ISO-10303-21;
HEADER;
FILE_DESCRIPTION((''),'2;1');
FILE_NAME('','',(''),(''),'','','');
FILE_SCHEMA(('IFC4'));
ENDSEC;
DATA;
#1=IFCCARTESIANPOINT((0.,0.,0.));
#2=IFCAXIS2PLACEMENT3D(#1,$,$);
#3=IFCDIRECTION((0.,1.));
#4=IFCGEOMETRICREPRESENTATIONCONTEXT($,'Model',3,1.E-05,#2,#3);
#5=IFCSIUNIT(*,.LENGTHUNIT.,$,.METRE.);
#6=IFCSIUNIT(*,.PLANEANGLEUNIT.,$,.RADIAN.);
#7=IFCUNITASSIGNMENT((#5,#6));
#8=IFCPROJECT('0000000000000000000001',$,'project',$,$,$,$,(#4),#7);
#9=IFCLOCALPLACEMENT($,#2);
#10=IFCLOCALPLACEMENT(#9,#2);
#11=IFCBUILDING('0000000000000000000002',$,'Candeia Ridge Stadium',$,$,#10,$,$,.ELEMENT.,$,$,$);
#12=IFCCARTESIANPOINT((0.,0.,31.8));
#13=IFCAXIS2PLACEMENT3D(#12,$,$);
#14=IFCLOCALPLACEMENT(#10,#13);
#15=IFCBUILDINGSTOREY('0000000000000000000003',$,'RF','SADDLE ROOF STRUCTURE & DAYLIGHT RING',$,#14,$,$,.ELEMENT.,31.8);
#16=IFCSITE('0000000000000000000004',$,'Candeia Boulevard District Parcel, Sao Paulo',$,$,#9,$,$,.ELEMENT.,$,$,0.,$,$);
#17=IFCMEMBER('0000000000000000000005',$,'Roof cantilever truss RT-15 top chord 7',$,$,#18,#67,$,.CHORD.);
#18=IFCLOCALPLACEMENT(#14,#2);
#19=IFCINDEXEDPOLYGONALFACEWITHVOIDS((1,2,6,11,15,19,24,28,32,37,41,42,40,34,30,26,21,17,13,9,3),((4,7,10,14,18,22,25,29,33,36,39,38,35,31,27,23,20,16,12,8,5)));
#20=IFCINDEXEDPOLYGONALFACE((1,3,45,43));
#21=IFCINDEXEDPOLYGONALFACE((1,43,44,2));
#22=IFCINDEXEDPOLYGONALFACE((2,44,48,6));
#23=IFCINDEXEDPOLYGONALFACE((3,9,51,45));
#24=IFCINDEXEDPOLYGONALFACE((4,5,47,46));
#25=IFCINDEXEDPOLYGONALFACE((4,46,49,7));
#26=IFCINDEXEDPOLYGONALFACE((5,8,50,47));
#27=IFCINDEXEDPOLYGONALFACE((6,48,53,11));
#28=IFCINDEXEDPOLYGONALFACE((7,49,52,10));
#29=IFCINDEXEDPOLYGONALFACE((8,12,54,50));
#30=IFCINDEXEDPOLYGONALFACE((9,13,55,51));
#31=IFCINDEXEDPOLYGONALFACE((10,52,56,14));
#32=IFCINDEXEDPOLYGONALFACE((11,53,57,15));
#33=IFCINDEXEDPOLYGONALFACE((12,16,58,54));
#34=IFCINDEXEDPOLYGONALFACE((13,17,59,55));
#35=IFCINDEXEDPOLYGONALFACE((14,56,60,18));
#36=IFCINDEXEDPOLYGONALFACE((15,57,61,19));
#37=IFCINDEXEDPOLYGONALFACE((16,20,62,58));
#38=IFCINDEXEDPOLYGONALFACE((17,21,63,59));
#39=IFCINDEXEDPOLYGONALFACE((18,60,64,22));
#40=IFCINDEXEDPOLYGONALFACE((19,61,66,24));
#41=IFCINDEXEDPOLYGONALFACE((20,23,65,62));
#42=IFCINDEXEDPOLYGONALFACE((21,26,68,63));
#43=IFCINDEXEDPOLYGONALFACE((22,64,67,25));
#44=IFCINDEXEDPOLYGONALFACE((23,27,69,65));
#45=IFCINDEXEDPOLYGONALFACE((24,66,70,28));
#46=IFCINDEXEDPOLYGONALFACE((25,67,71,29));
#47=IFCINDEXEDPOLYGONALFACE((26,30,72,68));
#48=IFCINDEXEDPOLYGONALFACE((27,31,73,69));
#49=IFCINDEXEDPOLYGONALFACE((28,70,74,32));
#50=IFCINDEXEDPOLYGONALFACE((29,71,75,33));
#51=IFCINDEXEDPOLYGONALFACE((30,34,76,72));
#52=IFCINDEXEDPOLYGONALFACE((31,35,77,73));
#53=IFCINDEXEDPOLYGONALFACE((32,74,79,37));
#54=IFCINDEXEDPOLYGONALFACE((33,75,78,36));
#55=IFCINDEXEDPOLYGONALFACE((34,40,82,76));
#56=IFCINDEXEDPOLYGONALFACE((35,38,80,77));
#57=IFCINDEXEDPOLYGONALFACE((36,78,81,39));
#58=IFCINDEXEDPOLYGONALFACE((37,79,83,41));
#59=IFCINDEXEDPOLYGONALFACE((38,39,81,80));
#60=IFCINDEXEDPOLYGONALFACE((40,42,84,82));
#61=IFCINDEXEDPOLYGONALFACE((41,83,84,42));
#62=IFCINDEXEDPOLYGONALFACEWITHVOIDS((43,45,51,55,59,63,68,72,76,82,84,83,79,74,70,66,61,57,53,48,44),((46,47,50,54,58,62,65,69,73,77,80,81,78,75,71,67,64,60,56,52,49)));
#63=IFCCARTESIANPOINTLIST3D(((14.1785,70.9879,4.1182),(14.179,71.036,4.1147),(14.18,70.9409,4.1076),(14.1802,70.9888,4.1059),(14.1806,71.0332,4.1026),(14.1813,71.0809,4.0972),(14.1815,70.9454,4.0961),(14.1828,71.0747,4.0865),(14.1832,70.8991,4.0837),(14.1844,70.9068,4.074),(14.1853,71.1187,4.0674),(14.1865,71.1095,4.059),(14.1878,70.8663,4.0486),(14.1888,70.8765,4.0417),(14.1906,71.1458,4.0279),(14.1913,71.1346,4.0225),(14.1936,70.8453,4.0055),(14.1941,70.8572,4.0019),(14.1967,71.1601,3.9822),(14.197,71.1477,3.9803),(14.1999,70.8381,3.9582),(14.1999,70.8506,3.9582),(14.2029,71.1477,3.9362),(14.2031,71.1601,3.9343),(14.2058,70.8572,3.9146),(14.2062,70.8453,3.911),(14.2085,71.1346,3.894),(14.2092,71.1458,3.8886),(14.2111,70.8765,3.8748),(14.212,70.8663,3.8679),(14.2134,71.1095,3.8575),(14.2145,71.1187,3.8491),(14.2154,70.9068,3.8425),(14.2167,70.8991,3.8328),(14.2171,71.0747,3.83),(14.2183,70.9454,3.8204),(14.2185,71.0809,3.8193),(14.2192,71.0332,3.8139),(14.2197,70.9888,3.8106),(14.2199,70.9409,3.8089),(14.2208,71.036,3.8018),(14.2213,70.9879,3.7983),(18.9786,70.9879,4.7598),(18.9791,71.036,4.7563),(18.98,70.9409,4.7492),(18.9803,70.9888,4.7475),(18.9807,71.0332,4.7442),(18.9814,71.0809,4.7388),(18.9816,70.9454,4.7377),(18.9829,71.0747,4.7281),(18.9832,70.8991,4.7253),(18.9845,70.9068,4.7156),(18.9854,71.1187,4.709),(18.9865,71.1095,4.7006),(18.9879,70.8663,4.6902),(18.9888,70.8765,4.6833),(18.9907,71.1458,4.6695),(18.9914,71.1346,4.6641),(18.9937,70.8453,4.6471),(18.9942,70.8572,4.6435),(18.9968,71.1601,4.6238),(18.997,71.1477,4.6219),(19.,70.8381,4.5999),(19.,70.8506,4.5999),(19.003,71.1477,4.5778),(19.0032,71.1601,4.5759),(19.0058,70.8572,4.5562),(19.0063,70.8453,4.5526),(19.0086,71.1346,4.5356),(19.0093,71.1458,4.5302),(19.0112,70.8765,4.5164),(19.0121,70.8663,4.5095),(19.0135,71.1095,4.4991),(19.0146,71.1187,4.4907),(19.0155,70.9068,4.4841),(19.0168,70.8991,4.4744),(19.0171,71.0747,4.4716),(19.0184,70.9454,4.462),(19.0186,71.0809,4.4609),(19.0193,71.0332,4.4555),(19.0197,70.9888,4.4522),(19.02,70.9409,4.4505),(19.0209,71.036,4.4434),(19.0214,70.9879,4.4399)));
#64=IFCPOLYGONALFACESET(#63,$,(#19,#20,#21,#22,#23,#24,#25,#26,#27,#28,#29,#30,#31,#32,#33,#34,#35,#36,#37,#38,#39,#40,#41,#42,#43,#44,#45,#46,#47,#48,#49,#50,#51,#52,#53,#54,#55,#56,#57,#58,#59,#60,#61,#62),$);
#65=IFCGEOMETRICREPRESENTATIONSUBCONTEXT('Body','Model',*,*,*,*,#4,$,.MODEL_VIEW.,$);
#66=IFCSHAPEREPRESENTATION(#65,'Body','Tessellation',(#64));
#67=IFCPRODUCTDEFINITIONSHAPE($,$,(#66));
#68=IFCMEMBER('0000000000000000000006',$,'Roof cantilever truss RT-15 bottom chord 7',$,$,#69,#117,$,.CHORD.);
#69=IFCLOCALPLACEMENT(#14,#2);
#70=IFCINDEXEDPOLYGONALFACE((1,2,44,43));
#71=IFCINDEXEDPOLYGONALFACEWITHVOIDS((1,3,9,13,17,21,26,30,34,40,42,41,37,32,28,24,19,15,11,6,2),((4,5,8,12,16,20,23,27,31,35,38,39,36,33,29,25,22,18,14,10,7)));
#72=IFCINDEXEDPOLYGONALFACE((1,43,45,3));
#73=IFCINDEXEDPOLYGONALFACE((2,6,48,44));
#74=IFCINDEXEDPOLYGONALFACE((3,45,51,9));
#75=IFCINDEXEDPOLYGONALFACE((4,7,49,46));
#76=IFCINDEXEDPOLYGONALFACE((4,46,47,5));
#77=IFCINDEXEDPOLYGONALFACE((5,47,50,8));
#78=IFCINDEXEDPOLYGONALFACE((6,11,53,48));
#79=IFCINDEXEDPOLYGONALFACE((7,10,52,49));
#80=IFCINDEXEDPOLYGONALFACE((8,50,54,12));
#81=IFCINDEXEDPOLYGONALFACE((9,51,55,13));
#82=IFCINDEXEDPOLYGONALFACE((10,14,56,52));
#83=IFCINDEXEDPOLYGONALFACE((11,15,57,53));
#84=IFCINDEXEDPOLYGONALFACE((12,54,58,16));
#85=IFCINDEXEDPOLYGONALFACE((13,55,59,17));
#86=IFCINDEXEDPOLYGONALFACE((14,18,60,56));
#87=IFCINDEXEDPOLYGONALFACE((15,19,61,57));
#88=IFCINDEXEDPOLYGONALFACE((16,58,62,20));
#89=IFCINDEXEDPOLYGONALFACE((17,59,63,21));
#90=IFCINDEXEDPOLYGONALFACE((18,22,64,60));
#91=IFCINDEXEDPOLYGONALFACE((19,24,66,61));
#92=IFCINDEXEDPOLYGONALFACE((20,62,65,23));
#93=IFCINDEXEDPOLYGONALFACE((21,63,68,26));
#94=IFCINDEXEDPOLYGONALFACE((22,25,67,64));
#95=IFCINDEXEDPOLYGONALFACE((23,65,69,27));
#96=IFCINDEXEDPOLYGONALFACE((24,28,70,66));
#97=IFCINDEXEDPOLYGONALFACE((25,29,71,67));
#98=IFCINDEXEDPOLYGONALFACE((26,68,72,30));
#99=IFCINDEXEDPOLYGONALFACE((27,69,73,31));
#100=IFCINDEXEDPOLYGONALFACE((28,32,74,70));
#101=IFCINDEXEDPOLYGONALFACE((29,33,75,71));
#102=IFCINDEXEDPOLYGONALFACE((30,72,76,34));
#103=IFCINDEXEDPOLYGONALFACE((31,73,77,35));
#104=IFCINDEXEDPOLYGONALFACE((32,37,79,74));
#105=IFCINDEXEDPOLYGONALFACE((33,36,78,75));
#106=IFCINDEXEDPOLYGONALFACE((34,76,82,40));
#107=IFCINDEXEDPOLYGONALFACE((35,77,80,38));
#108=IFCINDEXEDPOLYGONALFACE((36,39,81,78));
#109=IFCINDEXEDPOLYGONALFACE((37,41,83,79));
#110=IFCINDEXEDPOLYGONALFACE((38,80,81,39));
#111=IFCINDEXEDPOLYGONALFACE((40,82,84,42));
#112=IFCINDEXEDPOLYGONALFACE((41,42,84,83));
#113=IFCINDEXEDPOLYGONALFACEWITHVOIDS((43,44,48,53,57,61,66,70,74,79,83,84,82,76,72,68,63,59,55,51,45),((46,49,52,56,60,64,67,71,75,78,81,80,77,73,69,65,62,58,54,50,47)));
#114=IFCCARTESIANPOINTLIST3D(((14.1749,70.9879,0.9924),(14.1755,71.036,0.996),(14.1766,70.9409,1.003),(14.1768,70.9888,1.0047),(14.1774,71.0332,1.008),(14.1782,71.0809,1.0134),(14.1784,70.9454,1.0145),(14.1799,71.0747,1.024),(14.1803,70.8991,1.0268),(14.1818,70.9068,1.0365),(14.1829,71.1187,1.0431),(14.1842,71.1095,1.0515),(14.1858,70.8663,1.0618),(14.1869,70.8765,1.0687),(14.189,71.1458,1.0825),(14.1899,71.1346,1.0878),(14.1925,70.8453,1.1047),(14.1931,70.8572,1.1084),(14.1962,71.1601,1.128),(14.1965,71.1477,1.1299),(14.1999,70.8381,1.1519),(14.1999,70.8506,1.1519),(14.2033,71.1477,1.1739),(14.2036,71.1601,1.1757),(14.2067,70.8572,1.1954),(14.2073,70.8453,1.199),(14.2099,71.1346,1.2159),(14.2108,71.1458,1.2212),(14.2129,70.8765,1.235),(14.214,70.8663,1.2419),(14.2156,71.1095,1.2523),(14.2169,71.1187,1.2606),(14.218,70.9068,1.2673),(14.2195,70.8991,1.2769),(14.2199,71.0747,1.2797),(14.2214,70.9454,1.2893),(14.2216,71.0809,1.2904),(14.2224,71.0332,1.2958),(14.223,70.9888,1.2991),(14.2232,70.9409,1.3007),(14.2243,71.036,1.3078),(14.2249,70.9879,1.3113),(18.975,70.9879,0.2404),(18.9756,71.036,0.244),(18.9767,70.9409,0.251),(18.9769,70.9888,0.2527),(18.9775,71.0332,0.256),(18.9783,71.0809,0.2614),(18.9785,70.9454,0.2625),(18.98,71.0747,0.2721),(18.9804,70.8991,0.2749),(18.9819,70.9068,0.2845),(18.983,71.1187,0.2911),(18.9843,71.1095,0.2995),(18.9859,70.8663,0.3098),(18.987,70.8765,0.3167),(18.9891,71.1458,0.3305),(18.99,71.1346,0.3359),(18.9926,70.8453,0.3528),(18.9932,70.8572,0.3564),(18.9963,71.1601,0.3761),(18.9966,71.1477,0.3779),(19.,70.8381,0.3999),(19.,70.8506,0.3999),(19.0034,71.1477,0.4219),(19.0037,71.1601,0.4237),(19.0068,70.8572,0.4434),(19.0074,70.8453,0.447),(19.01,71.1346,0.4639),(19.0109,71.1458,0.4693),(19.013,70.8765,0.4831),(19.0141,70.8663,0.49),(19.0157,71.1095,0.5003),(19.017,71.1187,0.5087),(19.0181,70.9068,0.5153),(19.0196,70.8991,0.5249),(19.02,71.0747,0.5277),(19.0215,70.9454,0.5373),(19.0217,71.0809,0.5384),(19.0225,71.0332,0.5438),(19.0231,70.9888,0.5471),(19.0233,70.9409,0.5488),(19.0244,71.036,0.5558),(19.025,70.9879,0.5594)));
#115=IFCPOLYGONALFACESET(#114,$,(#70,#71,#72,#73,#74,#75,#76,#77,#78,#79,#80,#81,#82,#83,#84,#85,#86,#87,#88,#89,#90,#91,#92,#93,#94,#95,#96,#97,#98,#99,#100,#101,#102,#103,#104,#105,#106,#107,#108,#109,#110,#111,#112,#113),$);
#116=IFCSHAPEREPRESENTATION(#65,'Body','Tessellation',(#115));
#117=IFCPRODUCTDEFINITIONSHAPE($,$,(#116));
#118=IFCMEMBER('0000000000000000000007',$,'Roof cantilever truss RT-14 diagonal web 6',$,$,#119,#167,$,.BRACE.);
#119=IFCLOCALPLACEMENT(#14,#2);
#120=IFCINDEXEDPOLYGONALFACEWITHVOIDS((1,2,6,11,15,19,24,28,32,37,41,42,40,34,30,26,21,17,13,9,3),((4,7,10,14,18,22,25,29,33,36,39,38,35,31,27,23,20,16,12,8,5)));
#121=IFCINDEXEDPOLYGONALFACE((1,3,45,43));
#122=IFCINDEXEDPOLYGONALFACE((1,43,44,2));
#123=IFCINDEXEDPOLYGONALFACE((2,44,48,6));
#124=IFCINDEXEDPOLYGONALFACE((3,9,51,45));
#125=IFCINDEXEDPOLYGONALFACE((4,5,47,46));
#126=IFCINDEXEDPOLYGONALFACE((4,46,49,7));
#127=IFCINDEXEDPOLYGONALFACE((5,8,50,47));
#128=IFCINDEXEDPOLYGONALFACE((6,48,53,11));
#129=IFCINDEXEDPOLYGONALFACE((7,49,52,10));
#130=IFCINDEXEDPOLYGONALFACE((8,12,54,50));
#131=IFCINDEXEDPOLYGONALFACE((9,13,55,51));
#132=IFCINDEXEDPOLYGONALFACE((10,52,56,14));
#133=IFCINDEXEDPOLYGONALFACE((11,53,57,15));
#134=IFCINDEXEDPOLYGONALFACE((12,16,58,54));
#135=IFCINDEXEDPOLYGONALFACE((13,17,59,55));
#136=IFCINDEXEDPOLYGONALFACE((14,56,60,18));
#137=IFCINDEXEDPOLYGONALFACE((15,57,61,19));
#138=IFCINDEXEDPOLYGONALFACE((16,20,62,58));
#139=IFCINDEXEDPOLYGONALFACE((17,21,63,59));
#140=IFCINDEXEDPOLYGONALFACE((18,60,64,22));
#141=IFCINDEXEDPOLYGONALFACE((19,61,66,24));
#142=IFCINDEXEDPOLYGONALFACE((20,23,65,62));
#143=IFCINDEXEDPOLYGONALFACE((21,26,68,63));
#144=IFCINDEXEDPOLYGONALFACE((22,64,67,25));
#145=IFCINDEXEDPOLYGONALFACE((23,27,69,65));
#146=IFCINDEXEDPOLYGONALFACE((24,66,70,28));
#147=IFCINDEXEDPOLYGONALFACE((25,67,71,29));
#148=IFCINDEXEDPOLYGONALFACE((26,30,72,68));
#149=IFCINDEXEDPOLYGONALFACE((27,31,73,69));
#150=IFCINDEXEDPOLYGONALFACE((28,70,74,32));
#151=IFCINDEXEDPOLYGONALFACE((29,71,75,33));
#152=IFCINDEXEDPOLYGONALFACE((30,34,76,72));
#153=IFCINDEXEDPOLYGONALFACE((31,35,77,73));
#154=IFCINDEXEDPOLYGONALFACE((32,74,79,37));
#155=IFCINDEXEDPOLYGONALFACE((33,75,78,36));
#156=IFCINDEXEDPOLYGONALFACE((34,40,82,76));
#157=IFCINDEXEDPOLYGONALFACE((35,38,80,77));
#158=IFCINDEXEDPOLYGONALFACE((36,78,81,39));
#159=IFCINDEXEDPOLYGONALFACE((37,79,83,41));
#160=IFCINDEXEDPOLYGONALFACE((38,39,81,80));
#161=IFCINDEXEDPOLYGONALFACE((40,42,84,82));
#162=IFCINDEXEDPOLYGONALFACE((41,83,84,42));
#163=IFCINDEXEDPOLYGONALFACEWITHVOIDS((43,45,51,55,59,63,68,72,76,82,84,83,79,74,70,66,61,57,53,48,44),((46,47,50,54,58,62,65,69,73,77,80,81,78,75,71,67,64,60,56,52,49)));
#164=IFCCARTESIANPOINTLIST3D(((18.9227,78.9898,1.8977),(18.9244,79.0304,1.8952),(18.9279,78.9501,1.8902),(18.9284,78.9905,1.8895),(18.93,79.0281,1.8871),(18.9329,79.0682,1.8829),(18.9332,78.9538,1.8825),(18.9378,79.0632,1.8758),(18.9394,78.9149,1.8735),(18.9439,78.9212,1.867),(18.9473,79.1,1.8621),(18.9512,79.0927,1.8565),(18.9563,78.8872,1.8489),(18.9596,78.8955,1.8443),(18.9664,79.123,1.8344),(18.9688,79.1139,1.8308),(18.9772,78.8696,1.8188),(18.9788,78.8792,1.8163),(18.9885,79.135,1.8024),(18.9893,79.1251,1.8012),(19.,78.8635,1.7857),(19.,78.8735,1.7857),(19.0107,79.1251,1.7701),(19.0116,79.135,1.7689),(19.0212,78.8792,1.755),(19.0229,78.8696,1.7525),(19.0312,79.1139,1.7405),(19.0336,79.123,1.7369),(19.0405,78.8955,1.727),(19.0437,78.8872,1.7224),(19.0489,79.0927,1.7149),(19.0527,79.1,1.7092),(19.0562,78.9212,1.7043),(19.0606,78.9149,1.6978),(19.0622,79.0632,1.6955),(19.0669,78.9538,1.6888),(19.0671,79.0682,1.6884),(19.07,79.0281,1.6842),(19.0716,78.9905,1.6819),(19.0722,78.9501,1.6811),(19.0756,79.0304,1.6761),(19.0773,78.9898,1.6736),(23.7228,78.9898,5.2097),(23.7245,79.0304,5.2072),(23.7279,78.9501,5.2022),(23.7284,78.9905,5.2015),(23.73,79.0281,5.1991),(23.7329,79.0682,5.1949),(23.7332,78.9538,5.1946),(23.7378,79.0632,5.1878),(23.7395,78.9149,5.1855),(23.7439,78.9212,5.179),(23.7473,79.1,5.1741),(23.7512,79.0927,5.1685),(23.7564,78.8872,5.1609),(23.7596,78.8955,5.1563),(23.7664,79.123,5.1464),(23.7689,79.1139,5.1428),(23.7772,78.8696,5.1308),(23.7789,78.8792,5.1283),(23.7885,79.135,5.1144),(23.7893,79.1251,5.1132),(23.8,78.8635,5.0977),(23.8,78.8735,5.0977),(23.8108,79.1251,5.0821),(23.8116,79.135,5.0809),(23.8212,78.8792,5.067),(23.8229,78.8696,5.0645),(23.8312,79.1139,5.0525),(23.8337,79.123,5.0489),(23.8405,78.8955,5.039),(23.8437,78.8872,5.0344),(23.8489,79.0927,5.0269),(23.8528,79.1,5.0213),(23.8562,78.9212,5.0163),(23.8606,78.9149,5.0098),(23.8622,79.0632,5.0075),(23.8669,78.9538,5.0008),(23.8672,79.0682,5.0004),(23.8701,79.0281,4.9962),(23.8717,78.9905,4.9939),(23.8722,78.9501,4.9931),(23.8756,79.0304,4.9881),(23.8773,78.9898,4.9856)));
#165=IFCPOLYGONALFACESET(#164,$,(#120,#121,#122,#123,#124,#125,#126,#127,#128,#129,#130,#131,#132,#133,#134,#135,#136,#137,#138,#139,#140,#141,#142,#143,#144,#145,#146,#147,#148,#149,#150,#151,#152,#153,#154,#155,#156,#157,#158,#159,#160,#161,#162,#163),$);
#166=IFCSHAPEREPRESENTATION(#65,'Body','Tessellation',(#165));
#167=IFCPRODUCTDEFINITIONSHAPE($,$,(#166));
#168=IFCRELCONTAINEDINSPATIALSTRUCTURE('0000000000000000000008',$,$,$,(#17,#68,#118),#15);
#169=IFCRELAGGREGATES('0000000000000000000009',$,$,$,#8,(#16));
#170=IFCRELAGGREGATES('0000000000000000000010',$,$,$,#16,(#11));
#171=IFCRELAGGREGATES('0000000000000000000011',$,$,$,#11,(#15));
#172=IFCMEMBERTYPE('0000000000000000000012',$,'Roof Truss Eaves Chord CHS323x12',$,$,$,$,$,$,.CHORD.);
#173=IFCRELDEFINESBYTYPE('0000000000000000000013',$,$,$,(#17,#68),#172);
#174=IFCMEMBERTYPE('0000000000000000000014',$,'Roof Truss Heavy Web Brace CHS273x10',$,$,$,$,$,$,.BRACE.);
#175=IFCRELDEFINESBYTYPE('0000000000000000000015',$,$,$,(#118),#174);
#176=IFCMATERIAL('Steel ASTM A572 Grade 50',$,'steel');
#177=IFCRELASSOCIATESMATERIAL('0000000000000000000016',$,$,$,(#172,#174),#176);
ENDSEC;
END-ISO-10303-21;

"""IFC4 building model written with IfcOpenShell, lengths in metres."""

from ifc_helpers import new_model, si_unit, direction, frame, origin, origin_2d, place, context, subcontext, project, spatial, hollow_circle, extrude, material, material_profile, profile_set, type_object, element, save


model = new_model("IFC4")

# Units and contexts
model_context = context("Model", 3, precision=1e-05, world=origin(), true_north=direction((0.0, 1.0)))
body_context = subcontext(model_context, "Body", "Model", "MODEL_VIEW")
ifc_project = project(units=[si_unit("LENGTHUNIT", "METRE"), si_unit("PLANEANGLEUNIT", "RADIAN")], contexts=[model_context])

# Site, building, storey
site_placement = place(None, origin())
site = spatial("IfcSite", under=ifc_project, at=site_placement, Name="Candeia Boulevard District Parcel, Sao Paulo", CompositionType="ELEMENT", RefElevation=0.0)
building_placement = place(site_placement, origin())
building = spatial("IfcBuilding", under=site, at=building_placement, Name="Candeia Ridge Stadium", CompositionType="ELEMENT")
storey_placement = place(building_placement, frame((0.0, 0.0, 31.8)))
storey = spatial("IfcBuildingStorey", under=building, at=storey_placement, Name="RF", Description="SADDLE ROOF STRUCTURE & DAYLIGHT RING", CompositionType="ELEMENT", Elevation=31.8)

# Shared definitions
ifc_material_1 = material(Name="Steel ASTM A572 Grade 50", Category="steel")

# Members
ifc_material_profile_1 = material_profile(ifc_material_1, hollow_circle(Radius=0.1619, WallThickness=0.0125, at=origin_2d()), Name="CHS323x12", Category="steel")
ifc_profile_set_1 = profile_set([ifc_material_profile_1], Name="Steel ASTM A572 Grade 50")
member_type_1 = type_object("IfcMemberType", Name="Roof Truss Eaves Chord CHS323x12", PredefinedType="CHORD", material=ifc_profile_set_1)
member_1_placement = place(storey_placement, frame((19.0, 71.0, 4.5999), z_axis=(-0.991185, 0.0, -0.132487), x_axis=(0.0, -1.0, 0.0)))
element("IfcMember", 1, at=member_1_placement, inside=storey, type_object=member_type_1, Name="Roof cantilever truss RT-15 top chord 7", PredefinedType="CHORD", context=body_context, shape_type="SweptSolid", body=[
    extrude(hollow_circle(Radius=0.1619, WallThickness=0.0125, at=origin_2d()), origin(), (0.0, 0.0, 1.0), 4.8428),
])
member_2_placement = place(storey_placement, frame((19.0, 71.0, 0.3999), z_axis=(-0.987951, 0.0, 0.154768), x_axis=(0.0, -1.0, 0.0)))
element("IfcMember", 2, at=member_2_placement, inside=storey, type_object=member_type_1, Name="Roof cantilever truss RT-15 bottom chord 7", PredefinedType="CHORD", context=body_context, shape_type="SweptSolid", body=[
    extrude(hollow_circle(Radius=0.1619, WallThickness=0.0125, at=origin_2d()), origin(), (0.0, 0.0, 1.0), 4.8586),
])
ifc_material_profile_2 = material_profile(ifc_material_1, hollow_circle(Radius=0.1365, WallThickness=0.01, at=origin_2d()), Name="CHS273x10", Category="steel")
ifc_profile_set_2 = profile_set([ifc_material_profile_2], Name="Steel ASTM A572 Grade 50")
member_type_2 = type_object("IfcMemberType", Name="Roof Truss Heavy Web Brace CHS273x10", PredefinedType="BRACE", material=ifc_profile_set_2)
member_3_placement = place(storey_placement, frame((23.8, 79.0, 5.0977), z_axis=(-0.823082, 0.0, -0.567923), x_axis=(0.0, -1.0, 0.0)))
element("IfcMember", 3, at=member_3_placement, inside=storey, type_object=member_type_2, Name="Roof cantilever truss RT-14 diagonal web 6", PredefinedType="BRACE", context=body_context, shape_type="SweptSolid", body=[
    extrude(hollow_circle(Radius=0.1365, WallThickness=0.01, at=origin_2d()), origin(), (0.0, 0.0, 1.0), 5.8318),
])

save(model, "model.ifc")
